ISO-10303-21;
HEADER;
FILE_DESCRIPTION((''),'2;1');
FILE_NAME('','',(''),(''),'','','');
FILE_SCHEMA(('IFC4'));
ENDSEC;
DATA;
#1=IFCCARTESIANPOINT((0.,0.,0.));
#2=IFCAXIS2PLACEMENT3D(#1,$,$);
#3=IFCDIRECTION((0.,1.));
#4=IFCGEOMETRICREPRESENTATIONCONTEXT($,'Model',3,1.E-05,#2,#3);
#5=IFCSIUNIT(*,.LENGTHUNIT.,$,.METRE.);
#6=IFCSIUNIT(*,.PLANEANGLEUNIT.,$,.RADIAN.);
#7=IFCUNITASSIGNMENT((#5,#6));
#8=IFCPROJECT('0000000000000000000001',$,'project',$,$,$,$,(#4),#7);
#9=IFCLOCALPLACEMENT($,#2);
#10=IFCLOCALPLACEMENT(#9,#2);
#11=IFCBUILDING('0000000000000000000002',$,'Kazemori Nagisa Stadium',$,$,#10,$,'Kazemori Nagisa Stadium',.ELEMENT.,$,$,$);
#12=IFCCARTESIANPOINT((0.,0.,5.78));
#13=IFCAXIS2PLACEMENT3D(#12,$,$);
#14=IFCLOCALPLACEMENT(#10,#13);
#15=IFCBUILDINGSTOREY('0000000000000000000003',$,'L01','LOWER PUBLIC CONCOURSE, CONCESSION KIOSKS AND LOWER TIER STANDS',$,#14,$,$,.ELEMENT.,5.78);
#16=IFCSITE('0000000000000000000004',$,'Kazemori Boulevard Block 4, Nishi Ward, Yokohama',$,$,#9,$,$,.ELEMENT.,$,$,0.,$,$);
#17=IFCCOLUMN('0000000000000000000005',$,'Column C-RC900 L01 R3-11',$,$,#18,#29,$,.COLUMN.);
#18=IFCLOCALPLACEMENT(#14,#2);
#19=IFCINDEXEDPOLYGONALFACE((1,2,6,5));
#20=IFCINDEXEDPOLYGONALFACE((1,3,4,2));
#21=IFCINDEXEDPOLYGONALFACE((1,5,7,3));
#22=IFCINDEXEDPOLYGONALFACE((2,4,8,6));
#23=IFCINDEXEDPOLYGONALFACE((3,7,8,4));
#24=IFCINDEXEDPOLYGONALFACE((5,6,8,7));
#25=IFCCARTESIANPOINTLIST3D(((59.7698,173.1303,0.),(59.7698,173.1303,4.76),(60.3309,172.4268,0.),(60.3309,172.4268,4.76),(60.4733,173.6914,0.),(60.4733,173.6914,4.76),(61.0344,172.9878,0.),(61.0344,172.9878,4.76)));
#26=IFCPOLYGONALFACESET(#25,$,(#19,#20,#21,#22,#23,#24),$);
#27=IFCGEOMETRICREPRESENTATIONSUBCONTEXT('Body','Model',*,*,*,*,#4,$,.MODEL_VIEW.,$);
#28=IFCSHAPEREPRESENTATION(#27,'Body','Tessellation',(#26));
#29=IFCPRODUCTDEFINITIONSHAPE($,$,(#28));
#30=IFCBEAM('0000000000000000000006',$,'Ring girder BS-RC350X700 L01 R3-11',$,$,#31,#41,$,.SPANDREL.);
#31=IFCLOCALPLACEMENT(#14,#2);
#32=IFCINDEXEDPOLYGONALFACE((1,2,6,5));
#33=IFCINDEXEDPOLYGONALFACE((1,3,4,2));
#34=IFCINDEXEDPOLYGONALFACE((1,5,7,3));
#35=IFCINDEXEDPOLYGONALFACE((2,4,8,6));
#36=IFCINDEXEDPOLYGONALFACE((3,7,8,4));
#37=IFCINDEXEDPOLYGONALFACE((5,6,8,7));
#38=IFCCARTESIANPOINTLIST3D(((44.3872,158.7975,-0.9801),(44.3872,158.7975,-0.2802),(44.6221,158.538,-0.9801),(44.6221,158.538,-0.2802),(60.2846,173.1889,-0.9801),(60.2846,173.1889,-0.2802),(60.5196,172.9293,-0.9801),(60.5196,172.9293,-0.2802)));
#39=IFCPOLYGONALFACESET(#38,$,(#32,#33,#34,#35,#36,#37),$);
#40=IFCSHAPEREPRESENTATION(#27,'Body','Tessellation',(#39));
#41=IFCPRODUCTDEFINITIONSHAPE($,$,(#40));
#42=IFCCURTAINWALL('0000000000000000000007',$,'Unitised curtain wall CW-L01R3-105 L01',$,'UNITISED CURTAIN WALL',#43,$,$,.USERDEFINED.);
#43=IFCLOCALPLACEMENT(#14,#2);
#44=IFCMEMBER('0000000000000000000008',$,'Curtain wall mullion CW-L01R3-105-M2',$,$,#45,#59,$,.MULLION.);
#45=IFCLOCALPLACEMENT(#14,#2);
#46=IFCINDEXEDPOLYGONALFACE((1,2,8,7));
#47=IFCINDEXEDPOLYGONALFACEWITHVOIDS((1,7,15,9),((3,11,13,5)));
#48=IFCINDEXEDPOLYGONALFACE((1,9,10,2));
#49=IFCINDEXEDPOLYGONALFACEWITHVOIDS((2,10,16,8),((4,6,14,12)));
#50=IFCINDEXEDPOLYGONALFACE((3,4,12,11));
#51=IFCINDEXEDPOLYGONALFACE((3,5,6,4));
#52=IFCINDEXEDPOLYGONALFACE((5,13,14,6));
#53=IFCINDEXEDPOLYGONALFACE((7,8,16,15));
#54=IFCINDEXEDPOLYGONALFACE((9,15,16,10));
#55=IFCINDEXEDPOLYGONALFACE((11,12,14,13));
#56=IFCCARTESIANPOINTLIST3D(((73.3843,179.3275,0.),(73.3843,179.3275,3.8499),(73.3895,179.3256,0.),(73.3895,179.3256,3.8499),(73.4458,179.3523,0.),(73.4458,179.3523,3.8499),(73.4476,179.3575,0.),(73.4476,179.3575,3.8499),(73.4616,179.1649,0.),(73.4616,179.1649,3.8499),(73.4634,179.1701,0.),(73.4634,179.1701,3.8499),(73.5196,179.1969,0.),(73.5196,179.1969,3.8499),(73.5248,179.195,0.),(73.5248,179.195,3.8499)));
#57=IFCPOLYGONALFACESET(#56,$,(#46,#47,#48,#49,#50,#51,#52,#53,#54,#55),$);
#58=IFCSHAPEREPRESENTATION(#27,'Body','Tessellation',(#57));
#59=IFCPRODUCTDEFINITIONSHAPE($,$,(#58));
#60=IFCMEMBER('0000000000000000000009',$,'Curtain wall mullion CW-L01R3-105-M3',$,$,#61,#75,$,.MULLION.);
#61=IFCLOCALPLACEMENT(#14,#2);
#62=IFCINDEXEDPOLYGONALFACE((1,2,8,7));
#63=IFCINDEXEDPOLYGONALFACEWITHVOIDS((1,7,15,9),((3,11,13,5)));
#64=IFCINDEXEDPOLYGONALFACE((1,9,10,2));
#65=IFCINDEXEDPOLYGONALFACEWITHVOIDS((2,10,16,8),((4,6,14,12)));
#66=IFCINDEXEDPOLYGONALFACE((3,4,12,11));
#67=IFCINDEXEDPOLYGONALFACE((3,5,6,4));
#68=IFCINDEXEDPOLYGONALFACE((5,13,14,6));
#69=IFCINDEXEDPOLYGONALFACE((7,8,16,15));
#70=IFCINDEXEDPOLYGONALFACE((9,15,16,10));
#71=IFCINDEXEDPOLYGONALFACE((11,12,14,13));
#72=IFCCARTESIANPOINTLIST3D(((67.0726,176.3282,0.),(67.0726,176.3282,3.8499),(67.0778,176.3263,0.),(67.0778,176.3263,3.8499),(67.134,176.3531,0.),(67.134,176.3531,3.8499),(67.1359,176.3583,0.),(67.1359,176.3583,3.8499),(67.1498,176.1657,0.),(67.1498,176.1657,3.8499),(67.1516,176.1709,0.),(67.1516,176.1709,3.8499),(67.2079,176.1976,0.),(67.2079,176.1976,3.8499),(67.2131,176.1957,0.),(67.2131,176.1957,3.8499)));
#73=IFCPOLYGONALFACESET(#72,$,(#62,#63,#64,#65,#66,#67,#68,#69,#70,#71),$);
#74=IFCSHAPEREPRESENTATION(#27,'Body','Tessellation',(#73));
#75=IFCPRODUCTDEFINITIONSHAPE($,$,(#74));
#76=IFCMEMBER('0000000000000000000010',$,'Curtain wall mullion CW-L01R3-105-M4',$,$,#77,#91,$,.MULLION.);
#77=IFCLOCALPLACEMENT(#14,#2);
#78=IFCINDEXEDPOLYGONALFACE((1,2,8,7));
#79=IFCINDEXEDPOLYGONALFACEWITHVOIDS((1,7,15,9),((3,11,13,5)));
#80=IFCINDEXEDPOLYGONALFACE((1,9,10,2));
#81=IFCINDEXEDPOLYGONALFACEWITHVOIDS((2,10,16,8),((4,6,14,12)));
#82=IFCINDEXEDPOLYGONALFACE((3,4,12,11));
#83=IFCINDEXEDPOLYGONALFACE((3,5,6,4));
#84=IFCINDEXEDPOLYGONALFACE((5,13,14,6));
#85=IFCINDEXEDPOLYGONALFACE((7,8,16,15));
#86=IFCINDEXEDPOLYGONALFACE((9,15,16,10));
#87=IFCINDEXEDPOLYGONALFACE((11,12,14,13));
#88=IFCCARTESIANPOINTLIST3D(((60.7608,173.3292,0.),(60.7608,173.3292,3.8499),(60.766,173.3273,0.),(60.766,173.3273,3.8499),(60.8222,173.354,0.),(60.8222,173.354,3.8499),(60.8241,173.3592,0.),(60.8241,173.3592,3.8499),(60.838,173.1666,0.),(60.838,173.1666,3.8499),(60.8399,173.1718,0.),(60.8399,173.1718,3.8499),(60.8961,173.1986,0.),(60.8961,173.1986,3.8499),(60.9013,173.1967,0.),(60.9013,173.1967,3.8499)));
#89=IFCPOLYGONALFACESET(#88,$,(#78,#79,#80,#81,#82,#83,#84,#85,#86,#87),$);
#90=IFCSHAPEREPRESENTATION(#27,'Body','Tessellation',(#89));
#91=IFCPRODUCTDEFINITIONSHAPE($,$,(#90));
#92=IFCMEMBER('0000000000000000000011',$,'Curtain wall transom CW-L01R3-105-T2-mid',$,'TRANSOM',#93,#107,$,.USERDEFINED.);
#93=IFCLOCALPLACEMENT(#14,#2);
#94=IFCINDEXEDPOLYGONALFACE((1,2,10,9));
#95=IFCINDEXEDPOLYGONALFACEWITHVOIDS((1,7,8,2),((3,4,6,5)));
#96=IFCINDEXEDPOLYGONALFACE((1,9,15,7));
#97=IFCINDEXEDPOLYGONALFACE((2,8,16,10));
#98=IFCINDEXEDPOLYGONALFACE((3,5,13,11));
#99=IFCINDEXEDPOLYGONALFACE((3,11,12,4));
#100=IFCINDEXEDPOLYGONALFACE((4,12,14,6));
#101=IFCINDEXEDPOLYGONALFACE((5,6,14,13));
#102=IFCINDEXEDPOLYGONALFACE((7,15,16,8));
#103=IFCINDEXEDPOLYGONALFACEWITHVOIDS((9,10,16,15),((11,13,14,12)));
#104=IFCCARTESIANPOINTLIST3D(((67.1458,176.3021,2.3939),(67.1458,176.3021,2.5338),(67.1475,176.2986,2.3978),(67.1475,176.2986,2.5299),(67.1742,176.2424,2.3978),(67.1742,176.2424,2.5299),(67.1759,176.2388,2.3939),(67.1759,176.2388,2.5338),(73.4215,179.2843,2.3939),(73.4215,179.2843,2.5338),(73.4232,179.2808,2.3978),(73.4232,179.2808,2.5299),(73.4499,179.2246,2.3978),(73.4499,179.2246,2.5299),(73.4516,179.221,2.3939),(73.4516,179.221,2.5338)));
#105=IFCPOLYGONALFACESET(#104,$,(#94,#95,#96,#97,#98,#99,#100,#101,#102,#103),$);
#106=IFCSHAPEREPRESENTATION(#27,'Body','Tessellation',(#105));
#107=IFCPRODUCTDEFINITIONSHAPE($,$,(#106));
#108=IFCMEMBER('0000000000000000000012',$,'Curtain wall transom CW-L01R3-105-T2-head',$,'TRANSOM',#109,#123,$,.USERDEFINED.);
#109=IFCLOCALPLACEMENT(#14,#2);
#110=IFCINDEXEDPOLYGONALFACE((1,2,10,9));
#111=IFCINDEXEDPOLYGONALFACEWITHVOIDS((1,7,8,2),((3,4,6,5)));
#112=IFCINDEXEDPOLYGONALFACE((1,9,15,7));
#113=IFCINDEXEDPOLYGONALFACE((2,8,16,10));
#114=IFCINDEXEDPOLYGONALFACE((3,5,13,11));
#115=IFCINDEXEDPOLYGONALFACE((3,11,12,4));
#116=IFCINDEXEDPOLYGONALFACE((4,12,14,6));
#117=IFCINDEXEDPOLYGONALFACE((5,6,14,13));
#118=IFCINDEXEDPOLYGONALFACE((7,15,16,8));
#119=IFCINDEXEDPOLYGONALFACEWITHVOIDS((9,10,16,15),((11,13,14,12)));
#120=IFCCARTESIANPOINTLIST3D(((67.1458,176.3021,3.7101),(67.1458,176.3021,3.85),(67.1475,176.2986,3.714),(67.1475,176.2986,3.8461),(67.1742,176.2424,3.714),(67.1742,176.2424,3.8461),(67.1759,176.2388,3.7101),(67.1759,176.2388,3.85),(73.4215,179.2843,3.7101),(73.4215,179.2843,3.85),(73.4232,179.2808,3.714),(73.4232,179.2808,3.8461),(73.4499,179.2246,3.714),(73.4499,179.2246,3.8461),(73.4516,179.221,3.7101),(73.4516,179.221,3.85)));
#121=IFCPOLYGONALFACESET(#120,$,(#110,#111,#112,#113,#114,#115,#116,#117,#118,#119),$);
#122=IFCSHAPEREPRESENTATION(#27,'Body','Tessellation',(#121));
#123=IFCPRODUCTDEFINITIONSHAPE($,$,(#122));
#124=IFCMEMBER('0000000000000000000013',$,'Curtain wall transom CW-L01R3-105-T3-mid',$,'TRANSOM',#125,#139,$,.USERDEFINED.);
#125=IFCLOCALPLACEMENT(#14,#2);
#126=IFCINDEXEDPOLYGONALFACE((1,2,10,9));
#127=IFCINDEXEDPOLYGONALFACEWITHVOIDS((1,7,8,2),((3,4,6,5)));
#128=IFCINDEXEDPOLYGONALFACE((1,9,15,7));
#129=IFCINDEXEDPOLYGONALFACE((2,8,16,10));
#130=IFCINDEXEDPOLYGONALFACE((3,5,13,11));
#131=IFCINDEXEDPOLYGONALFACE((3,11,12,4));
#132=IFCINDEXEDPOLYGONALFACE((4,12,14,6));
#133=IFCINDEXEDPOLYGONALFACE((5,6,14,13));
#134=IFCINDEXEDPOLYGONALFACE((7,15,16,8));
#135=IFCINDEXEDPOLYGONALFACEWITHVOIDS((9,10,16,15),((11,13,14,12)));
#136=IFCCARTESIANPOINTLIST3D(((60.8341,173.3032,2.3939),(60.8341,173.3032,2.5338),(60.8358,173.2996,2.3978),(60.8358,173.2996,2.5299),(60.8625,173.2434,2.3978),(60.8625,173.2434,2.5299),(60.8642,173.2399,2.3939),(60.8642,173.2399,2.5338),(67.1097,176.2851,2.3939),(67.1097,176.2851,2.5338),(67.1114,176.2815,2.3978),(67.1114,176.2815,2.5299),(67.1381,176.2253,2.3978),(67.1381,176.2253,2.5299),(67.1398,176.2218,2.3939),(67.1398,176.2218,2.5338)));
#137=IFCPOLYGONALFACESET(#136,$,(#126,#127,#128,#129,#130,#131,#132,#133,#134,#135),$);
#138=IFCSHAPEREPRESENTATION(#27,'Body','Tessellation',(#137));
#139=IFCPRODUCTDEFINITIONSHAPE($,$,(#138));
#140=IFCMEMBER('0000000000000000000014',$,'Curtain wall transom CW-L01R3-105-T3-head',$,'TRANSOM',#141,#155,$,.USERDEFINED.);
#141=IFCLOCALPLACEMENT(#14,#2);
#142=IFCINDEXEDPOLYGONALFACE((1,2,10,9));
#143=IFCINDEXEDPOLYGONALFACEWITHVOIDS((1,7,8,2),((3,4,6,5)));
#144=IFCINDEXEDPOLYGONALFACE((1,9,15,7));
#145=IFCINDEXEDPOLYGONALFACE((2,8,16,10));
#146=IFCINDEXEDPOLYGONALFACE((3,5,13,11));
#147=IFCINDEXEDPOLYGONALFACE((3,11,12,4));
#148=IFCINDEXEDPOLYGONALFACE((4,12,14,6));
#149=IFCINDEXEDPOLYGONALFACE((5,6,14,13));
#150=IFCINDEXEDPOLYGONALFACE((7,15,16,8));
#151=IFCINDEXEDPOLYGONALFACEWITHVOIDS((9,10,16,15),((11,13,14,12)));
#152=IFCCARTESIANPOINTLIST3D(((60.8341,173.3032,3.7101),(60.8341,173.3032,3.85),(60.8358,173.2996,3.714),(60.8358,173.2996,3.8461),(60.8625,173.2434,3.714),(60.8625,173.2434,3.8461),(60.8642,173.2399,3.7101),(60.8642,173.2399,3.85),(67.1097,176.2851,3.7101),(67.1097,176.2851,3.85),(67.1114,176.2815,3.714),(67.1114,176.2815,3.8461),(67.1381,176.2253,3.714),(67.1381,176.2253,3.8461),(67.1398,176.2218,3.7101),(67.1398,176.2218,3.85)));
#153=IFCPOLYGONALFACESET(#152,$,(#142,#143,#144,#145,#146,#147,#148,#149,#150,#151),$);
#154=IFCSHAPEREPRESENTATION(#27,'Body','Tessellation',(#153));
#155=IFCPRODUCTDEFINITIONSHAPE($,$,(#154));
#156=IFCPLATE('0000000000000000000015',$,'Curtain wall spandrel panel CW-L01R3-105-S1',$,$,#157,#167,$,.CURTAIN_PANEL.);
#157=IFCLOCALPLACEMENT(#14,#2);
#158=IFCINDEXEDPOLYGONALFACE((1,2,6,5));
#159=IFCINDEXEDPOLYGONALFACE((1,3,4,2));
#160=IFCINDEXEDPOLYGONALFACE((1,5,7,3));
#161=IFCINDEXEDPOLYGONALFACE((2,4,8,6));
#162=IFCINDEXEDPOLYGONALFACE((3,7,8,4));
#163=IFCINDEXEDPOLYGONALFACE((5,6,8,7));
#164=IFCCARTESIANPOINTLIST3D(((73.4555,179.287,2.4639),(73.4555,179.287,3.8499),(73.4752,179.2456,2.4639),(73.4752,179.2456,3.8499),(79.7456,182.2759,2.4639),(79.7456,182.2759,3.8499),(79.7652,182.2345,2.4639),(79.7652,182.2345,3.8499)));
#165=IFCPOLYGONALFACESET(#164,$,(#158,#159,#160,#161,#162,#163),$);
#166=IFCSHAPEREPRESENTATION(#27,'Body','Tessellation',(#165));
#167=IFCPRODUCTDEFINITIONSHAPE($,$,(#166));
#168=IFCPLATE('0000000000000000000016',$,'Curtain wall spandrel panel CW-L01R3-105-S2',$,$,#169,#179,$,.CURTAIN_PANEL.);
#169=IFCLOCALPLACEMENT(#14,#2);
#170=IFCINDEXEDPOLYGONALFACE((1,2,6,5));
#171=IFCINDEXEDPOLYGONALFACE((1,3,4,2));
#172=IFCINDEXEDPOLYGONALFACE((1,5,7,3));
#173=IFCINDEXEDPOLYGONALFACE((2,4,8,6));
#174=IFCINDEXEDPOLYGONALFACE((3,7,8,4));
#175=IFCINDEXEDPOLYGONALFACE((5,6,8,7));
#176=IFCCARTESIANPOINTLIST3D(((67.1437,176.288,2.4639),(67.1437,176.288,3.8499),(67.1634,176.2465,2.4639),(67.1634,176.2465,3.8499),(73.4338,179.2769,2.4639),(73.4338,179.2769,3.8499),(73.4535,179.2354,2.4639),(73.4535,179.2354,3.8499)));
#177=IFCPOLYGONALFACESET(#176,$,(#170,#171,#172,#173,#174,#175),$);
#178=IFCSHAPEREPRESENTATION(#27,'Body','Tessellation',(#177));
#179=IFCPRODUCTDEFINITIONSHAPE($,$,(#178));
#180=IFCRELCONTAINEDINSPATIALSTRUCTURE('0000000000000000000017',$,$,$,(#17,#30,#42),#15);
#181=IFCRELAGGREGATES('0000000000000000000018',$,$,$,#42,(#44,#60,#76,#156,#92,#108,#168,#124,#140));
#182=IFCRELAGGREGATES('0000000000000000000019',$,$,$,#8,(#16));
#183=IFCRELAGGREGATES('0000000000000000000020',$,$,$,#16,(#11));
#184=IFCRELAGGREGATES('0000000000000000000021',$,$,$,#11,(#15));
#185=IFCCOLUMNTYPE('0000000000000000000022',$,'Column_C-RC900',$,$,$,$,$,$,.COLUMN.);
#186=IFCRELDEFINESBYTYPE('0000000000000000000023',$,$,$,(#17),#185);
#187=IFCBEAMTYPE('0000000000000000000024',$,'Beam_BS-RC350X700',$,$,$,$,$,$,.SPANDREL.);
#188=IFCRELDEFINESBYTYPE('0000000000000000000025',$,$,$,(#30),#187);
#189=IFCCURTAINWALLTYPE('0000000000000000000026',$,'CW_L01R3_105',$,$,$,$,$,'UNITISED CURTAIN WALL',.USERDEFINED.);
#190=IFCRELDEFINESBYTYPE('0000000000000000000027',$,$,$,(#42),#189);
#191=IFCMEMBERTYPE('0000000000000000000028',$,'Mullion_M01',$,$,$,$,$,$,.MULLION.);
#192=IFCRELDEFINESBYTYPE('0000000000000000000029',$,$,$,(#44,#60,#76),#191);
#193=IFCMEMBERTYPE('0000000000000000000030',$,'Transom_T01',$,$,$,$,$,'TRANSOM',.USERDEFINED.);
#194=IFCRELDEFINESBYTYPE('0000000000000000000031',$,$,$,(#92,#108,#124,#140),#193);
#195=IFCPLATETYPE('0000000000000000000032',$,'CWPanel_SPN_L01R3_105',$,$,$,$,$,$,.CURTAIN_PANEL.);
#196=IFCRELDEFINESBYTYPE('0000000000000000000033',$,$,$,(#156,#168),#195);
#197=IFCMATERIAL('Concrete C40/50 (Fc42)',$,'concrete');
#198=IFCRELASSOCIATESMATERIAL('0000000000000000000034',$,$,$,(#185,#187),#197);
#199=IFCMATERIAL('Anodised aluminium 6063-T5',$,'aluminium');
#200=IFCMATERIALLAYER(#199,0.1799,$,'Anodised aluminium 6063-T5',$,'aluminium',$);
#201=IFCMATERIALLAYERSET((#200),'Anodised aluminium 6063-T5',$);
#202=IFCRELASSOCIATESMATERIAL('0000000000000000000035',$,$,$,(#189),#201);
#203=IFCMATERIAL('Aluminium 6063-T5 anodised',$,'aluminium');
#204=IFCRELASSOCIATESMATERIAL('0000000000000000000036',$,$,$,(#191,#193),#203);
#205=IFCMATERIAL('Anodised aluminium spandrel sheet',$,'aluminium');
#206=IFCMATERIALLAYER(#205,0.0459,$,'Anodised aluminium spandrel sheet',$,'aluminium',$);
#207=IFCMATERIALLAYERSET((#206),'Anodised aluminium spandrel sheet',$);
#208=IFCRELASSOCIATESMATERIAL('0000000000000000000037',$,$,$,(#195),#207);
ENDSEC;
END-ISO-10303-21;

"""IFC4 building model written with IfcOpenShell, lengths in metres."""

from ifc_helpers import new_model, si_unit, direction, frame, origin, origin_2d, place, context, subcontext, project, spatial, rectangle, hollow_rectangle, extrude, material, layer, layer_set, material_profile, profile_set, type_object, element, aggregate, save


model = new_model("IFC4")

# Units and contexts
model_context = context("Model", 3, precision=1e-05, world=origin(), true_north=direction((0.0, 1.0)))
body_context = subcontext(model_context, "Body", "Model", "MODEL_VIEW")
ifc_project = project(units=[si_unit("LENGTHUNIT", "METRE"), si_unit("PLANEANGLEUNIT", "RADIAN")], contexts=[model_context])

# Site, building, storey
site_placement = place(None, origin())
site = spatial("IfcSite", under=ifc_project, at=site_placement, Name="Kazemori Boulevard Block 4, Nishi Ward, Yokohama", CompositionType="ELEMENT", RefElevation=0.0)
building_placement = place(site_placement, origin())
building = spatial("IfcBuilding", under=site, at=building_placement, Name="Kazemori Nagisa Stadium", LongName="Kazemori Nagisa Stadium", CompositionType="ELEMENT")
storey_placement = place(building_placement, frame((0.0, 0.0, 5.78)))
storey = spatial("IfcBuildingStorey", under=building, at=storey_placement, Name="L01", Description="LOWER PUBLIC CONCOURSE, CONCESSION KIOSKS AND LOWER TIER STANDS", CompositionType="ELEMENT", Elevation=5.78)

# Column
ifc_material_1 = material(Name="Concrete C40/50 (Fc42)", Category="concrete")
ifc_material_profile_1 = material_profile(ifc_material_1, rectangle(XDim=0.8999, YDim=0.8999, at=origin_2d()), Name="RC-COL-900x900")
ifc_profile_set_1 = profile_set([ifc_material_profile_1], Name="Concrete C40/50 (Fc42)")
column_type = type_object("IfcColumnType", Name="Column_C-RC900", PredefinedType="COLUMN", material=ifc_profile_set_1)
column_placement = place(storey_placement, frame((60.4021, 173.0591, 0.0), z_axis=(0.0, 0.0, 1.0), x_axis=(-0.62349, 0.781831, 0.0)))
element("IfcColumn", 1, at=column_placement, inside=storey, type_object=column_type, Name="Column C-RC900 L01 R3-11", PredefinedType="COLUMN", context=body_context, shape_type="SweptSolid", body=[
    extrude(rectangle(XDim=0.8999, YDim=0.8999, at=origin_2d()), origin(), (0.0, 0.0, 1.0), 4.76),
])

# Beam
ifc_material_profile_2 = material_profile(ifc_material_1, rectangle(XDim=0.3501, YDim=0.7, at=origin_2d()), Name="RC-SP-350x700")
ifc_profile_set_2 = profile_set([ifc_material_profile_2], Name="Concrete C40/50 (Fc42)")
beam_type = type_object("IfcBeamType", Name="Beam_BS-RC350X700", PredefinedType="SPANDREL", material=ifc_profile_set_2)
beam_placement = place(storey_placement, frame((60.4021, 173.0591, -0.6301), z_axis=(-0.741352, -0.671117, 0.0), x_axis=(0.671117, -0.741352, 0.0)))
element("IfcBeam", 2, at=beam_placement, inside=storey, type_object=beam_type, Name="Ring girder BS-RC350X700 L01 R3-11", PredefinedType="SPANDREL", context=body_context, shape_type="SweptSolid", body=[
    extrude(rectangle(XDim=0.3501, YDim=0.7, at=origin_2d()), origin(), (0.0, 0.0, 1.0), 21.4438),
])

# Curtain wall, members, plates
ifc_material_2 = material(Name="Anodised aluminium 6063-T5", Category="aluminium")
ifc_layer_1 = layer(ifc_material_2, 0.1799, Name="Anodised aluminium 6063-T5", Category="aluminium")
ifc_layer_set_1 = layer_set([ifc_layer_1], Name="Anodised aluminium 6063-T5")
curtain_wall_type = type_object("IfcCurtainWallType", Name="CW_L01R3_105", ElementType="UNITISED CURTAIN WALL", PredefinedType="USERDEFINED", material=ifc_layer_set_1)
curtain_wall_placement = place(storey_placement, origin())
curtain_wall = element("IfcCurtainWall", 3, at=curtain_wall_placement, inside=storey, type_object=curtain_wall_type, Name="Unitised curtain wall CW-L01R3-105 L01", ObjectType="UNITISED CURTAIN WALL", PredefinedType="USERDEFINED")
ifc_material_3 = material(Name="Aluminium 6063-T5 anodised", Category="aluminium")
ifc_material_profile_3 = material_profile(ifc_material_3, hollow_rectangle(XDim=0.0701, YDim=0.1799, WallThickness=0.0039, at=origin_2d()), Name="ALU-MULL-70x180x4")
ifc_profile_set_3 = profile_set([ifc_material_profile_3], Name="Aluminium 6063-T5 anodised")
member_type_1 = type_object("IfcMemberType", Name="Mullion_M01", PredefinedType="MULLION", material=ifc_profile_set_3)
member_1_placement = place(storey_placement, frame((73.4546, 179.2612, 0.0), z_axis=(0.0, 0.0, 1.0), x_axis=(-0.903216, -0.429186, 0.0)))
member_1 = element("IfcMember", 4, at=member_1_placement, type_object=member_type_1, Name="Curtain wall mullion CW-L01R3-105-M2", PredefinedType="MULLION", context=body_context, shape_type="SweptSolid", body=[
    extrude(hollow_rectangle(XDim=0.0701, YDim=0.1799, WallThickness=0.0039, at=origin_2d()), origin(), (0.0, 0.0, 1.0), 3.8499),
])
member_2_placement = place(storey_placement, frame((67.1428, 176.262, 0.0), z_axis=(0.0, 0.0, 1.0), x_axis=(-0.903216, -0.429186, 0.0)))
member_2 = element("IfcMember", 5, at=member_2_placement, type_object=member_type_1, Name="Curtain wall mullion CW-L01R3-105-M3", PredefinedType="MULLION", context=body_context, shape_type="SweptSolid", body=[
    extrude(hollow_rectangle(XDim=0.0701, YDim=0.1799, WallThickness=0.0039, at=origin_2d()), origin(), (0.0, 0.0, 1.0), 3.8499),
])
member_3_placement = place(storey_placement, frame((60.8311, 173.2629, 0.0), z_axis=(0.0, 0.0, 1.0), x_axis=(-0.903216, -0.429186, 0.0)))
member_3 = element("IfcMember", 6, at=member_3_placement, type_object=member_type_1, Name="Curtain wall mullion CW-L01R3-105-M4", PredefinedType="MULLION", context=body_context, shape_type="SweptSolid", body=[
    extrude(hollow_rectangle(XDim=0.0701, YDim=0.1799, WallThickness=0.0039, at=origin_2d()), origin(), (0.0, 0.0, 1.0), 3.8499),
])
ifc_material_profile_4 = material_profile(ifc_material_3, hollow_rectangle(XDim=0.0701, YDim=0.1399, WallThickness=0.0039, at=origin_2d()), Name="ALU-TRAN-70x140x4")
ifc_profile_set_4 = profile_set([ifc_material_profile_4], Name="Aluminium 6063-T5 anodised")
member_type_2 = type_object("IfcMemberType", Name="Transom_T01", ElementType="TRANSOM", PredefinedType="USERDEFINED", material=ifc_profile_set_4)
member_4_placement = place(storey_placement, frame((73.4365, 179.2527, 2.4639), z_axis=(-0.903208, -0.429204, 0.0), x_axis=(0.429204, -0.903208, 0.0)))
member_4 = element("IfcMember", 7, at=member_4_placement, type_object=member_type_2, Name="Curtain wall transom CW-L01R3-105-T2-mid", ObjectType="TRANSOM", PredefinedType="USERDEFINED", context=body_context, shape_type="SweptSolid", body=[
    extrude(hollow_rectangle(XDim=0.0701, YDim=0.1399, WallThickness=0.0039, at=origin_2d()), origin(), (0.0, 0.0, 1.0), 6.9482),
])
member_5_placement = place(storey_placement, frame((73.4365, 179.2527, 3.78), z_axis=(-0.903208, -0.429204, 0.0), x_axis=(0.429204, -0.903208, 0.0)))
member_5 = element("IfcMember", 8, at=member_5_placement, type_object=member_type_2, Name="Curtain wall transom CW-L01R3-105-T2-head", ObjectType="TRANSOM", PredefinedType="USERDEFINED", context=body_context, shape_type="SweptSolid", body=[
    extrude(hollow_rectangle(XDim=0.0701, YDim=0.1399, WallThickness=0.0039, at=origin_2d()), origin(), (0.0, 0.0, 1.0), 6.9482),
])
member_6_placement = place(storey_placement, frame((67.1248, 176.2534, 2.4639), z_axis=(-0.903221, -0.429175, 0.0), x_axis=(0.429175, -0.903221, 0.0)))
member_6 = element("IfcMember", 9, at=member_6_placement, type_object=member_type_2, Name="Curtain wall transom CW-L01R3-105-T3-mid", ObjectType="TRANSOM", PredefinedType="USERDEFINED", context=body_context, shape_type="SweptSolid", body=[
    extrude(hollow_rectangle(XDim=0.0701, YDim=0.1399, WallThickness=0.0039, at=origin_2d()), origin(), (0.0, 0.0, 1.0), 6.948),
])
member_7_placement = place(storey_placement, frame((67.1248, 176.2534, 3.78), z_axis=(-0.903221, -0.429175, 0.0), x_axis=(0.429175, -0.903221, 0.0)))
member_7 = element("IfcMember", 10, at=member_7_placement, type_object=member_type_2, Name="Curtain wall transom CW-L01R3-105-T3-head", ObjectType="TRANSOM", PredefinedType="USERDEFINED", context=body_context, shape_type="SweptSolid", body=[
    extrude(hollow_rectangle(XDim=0.0701, YDim=0.1399, WallThickness=0.0039, at=origin_2d()), origin(), (0.0, 0.0, 1.0), 6.948),
])
ifc_material_4 = material(Name="Anodised aluminium spandrel sheet", Category="aluminium")
ifc_layer_2 = layer(ifc_material_4, 0.0459, Name="Anodised aluminium spandrel sheet", Category="aluminium")
ifc_layer_set_2 = layer_set([ifc_layer_2], Name="Anodised aluminium spandrel sheet")
plate_type_1 = type_object("IfcPlateType", Name="CWPanel_SPN_L01R3_105", PredefinedType="CURTAIN_PANEL", material=ifc_layer_set_2)
plate_1_placement = place(storey_placement, frame((76.6104, 180.7607, 2.4639), z_axis=(0.0, 0.0, 1.0), x_axis=(-0.903216, -0.429186, 0.0)))
plate_1 = element("IfcPlate", 11, at=plate_1_placement, type_object=plate_type_1, Name="Curtain wall spandrel panel CW-L01R3-105-S1", PredefinedType="CURTAIN_PANEL", context=body_context, shape_type="SweptSolid", body=[
    extrude(rectangle(XDim=6.9641, YDim=0.0459, at=origin_2d()), origin(), (0.0, 0.0, 1.0), 1.386),
])
plate_2_placement = place(storey_placement, frame((70.2986, 177.7617, 2.4639), z_axis=(0.0, 0.0, 1.0), x_axis=(-0.903216, -0.429186, 0.0)))
plate_2 = element("IfcPlate", 12, at=plate_2_placement, type_object=plate_type_1, Name="Curtain wall spandrel panel CW-L01R3-105-S2", PredefinedType="CURTAIN_PANEL", context=body_context, shape_type="SweptSolid", body=[
    extrude(rectangle(XDim=6.9641, YDim=0.0459, at=origin_2d()), origin(), (0.0, 0.0, 1.0), 1.386),
])
aggregate(curtain_wall, [member_1, member_2, member_3, plate_1, member_4, member_5, plate_2, member_6, member_7])

save(model, "model.ifc")
